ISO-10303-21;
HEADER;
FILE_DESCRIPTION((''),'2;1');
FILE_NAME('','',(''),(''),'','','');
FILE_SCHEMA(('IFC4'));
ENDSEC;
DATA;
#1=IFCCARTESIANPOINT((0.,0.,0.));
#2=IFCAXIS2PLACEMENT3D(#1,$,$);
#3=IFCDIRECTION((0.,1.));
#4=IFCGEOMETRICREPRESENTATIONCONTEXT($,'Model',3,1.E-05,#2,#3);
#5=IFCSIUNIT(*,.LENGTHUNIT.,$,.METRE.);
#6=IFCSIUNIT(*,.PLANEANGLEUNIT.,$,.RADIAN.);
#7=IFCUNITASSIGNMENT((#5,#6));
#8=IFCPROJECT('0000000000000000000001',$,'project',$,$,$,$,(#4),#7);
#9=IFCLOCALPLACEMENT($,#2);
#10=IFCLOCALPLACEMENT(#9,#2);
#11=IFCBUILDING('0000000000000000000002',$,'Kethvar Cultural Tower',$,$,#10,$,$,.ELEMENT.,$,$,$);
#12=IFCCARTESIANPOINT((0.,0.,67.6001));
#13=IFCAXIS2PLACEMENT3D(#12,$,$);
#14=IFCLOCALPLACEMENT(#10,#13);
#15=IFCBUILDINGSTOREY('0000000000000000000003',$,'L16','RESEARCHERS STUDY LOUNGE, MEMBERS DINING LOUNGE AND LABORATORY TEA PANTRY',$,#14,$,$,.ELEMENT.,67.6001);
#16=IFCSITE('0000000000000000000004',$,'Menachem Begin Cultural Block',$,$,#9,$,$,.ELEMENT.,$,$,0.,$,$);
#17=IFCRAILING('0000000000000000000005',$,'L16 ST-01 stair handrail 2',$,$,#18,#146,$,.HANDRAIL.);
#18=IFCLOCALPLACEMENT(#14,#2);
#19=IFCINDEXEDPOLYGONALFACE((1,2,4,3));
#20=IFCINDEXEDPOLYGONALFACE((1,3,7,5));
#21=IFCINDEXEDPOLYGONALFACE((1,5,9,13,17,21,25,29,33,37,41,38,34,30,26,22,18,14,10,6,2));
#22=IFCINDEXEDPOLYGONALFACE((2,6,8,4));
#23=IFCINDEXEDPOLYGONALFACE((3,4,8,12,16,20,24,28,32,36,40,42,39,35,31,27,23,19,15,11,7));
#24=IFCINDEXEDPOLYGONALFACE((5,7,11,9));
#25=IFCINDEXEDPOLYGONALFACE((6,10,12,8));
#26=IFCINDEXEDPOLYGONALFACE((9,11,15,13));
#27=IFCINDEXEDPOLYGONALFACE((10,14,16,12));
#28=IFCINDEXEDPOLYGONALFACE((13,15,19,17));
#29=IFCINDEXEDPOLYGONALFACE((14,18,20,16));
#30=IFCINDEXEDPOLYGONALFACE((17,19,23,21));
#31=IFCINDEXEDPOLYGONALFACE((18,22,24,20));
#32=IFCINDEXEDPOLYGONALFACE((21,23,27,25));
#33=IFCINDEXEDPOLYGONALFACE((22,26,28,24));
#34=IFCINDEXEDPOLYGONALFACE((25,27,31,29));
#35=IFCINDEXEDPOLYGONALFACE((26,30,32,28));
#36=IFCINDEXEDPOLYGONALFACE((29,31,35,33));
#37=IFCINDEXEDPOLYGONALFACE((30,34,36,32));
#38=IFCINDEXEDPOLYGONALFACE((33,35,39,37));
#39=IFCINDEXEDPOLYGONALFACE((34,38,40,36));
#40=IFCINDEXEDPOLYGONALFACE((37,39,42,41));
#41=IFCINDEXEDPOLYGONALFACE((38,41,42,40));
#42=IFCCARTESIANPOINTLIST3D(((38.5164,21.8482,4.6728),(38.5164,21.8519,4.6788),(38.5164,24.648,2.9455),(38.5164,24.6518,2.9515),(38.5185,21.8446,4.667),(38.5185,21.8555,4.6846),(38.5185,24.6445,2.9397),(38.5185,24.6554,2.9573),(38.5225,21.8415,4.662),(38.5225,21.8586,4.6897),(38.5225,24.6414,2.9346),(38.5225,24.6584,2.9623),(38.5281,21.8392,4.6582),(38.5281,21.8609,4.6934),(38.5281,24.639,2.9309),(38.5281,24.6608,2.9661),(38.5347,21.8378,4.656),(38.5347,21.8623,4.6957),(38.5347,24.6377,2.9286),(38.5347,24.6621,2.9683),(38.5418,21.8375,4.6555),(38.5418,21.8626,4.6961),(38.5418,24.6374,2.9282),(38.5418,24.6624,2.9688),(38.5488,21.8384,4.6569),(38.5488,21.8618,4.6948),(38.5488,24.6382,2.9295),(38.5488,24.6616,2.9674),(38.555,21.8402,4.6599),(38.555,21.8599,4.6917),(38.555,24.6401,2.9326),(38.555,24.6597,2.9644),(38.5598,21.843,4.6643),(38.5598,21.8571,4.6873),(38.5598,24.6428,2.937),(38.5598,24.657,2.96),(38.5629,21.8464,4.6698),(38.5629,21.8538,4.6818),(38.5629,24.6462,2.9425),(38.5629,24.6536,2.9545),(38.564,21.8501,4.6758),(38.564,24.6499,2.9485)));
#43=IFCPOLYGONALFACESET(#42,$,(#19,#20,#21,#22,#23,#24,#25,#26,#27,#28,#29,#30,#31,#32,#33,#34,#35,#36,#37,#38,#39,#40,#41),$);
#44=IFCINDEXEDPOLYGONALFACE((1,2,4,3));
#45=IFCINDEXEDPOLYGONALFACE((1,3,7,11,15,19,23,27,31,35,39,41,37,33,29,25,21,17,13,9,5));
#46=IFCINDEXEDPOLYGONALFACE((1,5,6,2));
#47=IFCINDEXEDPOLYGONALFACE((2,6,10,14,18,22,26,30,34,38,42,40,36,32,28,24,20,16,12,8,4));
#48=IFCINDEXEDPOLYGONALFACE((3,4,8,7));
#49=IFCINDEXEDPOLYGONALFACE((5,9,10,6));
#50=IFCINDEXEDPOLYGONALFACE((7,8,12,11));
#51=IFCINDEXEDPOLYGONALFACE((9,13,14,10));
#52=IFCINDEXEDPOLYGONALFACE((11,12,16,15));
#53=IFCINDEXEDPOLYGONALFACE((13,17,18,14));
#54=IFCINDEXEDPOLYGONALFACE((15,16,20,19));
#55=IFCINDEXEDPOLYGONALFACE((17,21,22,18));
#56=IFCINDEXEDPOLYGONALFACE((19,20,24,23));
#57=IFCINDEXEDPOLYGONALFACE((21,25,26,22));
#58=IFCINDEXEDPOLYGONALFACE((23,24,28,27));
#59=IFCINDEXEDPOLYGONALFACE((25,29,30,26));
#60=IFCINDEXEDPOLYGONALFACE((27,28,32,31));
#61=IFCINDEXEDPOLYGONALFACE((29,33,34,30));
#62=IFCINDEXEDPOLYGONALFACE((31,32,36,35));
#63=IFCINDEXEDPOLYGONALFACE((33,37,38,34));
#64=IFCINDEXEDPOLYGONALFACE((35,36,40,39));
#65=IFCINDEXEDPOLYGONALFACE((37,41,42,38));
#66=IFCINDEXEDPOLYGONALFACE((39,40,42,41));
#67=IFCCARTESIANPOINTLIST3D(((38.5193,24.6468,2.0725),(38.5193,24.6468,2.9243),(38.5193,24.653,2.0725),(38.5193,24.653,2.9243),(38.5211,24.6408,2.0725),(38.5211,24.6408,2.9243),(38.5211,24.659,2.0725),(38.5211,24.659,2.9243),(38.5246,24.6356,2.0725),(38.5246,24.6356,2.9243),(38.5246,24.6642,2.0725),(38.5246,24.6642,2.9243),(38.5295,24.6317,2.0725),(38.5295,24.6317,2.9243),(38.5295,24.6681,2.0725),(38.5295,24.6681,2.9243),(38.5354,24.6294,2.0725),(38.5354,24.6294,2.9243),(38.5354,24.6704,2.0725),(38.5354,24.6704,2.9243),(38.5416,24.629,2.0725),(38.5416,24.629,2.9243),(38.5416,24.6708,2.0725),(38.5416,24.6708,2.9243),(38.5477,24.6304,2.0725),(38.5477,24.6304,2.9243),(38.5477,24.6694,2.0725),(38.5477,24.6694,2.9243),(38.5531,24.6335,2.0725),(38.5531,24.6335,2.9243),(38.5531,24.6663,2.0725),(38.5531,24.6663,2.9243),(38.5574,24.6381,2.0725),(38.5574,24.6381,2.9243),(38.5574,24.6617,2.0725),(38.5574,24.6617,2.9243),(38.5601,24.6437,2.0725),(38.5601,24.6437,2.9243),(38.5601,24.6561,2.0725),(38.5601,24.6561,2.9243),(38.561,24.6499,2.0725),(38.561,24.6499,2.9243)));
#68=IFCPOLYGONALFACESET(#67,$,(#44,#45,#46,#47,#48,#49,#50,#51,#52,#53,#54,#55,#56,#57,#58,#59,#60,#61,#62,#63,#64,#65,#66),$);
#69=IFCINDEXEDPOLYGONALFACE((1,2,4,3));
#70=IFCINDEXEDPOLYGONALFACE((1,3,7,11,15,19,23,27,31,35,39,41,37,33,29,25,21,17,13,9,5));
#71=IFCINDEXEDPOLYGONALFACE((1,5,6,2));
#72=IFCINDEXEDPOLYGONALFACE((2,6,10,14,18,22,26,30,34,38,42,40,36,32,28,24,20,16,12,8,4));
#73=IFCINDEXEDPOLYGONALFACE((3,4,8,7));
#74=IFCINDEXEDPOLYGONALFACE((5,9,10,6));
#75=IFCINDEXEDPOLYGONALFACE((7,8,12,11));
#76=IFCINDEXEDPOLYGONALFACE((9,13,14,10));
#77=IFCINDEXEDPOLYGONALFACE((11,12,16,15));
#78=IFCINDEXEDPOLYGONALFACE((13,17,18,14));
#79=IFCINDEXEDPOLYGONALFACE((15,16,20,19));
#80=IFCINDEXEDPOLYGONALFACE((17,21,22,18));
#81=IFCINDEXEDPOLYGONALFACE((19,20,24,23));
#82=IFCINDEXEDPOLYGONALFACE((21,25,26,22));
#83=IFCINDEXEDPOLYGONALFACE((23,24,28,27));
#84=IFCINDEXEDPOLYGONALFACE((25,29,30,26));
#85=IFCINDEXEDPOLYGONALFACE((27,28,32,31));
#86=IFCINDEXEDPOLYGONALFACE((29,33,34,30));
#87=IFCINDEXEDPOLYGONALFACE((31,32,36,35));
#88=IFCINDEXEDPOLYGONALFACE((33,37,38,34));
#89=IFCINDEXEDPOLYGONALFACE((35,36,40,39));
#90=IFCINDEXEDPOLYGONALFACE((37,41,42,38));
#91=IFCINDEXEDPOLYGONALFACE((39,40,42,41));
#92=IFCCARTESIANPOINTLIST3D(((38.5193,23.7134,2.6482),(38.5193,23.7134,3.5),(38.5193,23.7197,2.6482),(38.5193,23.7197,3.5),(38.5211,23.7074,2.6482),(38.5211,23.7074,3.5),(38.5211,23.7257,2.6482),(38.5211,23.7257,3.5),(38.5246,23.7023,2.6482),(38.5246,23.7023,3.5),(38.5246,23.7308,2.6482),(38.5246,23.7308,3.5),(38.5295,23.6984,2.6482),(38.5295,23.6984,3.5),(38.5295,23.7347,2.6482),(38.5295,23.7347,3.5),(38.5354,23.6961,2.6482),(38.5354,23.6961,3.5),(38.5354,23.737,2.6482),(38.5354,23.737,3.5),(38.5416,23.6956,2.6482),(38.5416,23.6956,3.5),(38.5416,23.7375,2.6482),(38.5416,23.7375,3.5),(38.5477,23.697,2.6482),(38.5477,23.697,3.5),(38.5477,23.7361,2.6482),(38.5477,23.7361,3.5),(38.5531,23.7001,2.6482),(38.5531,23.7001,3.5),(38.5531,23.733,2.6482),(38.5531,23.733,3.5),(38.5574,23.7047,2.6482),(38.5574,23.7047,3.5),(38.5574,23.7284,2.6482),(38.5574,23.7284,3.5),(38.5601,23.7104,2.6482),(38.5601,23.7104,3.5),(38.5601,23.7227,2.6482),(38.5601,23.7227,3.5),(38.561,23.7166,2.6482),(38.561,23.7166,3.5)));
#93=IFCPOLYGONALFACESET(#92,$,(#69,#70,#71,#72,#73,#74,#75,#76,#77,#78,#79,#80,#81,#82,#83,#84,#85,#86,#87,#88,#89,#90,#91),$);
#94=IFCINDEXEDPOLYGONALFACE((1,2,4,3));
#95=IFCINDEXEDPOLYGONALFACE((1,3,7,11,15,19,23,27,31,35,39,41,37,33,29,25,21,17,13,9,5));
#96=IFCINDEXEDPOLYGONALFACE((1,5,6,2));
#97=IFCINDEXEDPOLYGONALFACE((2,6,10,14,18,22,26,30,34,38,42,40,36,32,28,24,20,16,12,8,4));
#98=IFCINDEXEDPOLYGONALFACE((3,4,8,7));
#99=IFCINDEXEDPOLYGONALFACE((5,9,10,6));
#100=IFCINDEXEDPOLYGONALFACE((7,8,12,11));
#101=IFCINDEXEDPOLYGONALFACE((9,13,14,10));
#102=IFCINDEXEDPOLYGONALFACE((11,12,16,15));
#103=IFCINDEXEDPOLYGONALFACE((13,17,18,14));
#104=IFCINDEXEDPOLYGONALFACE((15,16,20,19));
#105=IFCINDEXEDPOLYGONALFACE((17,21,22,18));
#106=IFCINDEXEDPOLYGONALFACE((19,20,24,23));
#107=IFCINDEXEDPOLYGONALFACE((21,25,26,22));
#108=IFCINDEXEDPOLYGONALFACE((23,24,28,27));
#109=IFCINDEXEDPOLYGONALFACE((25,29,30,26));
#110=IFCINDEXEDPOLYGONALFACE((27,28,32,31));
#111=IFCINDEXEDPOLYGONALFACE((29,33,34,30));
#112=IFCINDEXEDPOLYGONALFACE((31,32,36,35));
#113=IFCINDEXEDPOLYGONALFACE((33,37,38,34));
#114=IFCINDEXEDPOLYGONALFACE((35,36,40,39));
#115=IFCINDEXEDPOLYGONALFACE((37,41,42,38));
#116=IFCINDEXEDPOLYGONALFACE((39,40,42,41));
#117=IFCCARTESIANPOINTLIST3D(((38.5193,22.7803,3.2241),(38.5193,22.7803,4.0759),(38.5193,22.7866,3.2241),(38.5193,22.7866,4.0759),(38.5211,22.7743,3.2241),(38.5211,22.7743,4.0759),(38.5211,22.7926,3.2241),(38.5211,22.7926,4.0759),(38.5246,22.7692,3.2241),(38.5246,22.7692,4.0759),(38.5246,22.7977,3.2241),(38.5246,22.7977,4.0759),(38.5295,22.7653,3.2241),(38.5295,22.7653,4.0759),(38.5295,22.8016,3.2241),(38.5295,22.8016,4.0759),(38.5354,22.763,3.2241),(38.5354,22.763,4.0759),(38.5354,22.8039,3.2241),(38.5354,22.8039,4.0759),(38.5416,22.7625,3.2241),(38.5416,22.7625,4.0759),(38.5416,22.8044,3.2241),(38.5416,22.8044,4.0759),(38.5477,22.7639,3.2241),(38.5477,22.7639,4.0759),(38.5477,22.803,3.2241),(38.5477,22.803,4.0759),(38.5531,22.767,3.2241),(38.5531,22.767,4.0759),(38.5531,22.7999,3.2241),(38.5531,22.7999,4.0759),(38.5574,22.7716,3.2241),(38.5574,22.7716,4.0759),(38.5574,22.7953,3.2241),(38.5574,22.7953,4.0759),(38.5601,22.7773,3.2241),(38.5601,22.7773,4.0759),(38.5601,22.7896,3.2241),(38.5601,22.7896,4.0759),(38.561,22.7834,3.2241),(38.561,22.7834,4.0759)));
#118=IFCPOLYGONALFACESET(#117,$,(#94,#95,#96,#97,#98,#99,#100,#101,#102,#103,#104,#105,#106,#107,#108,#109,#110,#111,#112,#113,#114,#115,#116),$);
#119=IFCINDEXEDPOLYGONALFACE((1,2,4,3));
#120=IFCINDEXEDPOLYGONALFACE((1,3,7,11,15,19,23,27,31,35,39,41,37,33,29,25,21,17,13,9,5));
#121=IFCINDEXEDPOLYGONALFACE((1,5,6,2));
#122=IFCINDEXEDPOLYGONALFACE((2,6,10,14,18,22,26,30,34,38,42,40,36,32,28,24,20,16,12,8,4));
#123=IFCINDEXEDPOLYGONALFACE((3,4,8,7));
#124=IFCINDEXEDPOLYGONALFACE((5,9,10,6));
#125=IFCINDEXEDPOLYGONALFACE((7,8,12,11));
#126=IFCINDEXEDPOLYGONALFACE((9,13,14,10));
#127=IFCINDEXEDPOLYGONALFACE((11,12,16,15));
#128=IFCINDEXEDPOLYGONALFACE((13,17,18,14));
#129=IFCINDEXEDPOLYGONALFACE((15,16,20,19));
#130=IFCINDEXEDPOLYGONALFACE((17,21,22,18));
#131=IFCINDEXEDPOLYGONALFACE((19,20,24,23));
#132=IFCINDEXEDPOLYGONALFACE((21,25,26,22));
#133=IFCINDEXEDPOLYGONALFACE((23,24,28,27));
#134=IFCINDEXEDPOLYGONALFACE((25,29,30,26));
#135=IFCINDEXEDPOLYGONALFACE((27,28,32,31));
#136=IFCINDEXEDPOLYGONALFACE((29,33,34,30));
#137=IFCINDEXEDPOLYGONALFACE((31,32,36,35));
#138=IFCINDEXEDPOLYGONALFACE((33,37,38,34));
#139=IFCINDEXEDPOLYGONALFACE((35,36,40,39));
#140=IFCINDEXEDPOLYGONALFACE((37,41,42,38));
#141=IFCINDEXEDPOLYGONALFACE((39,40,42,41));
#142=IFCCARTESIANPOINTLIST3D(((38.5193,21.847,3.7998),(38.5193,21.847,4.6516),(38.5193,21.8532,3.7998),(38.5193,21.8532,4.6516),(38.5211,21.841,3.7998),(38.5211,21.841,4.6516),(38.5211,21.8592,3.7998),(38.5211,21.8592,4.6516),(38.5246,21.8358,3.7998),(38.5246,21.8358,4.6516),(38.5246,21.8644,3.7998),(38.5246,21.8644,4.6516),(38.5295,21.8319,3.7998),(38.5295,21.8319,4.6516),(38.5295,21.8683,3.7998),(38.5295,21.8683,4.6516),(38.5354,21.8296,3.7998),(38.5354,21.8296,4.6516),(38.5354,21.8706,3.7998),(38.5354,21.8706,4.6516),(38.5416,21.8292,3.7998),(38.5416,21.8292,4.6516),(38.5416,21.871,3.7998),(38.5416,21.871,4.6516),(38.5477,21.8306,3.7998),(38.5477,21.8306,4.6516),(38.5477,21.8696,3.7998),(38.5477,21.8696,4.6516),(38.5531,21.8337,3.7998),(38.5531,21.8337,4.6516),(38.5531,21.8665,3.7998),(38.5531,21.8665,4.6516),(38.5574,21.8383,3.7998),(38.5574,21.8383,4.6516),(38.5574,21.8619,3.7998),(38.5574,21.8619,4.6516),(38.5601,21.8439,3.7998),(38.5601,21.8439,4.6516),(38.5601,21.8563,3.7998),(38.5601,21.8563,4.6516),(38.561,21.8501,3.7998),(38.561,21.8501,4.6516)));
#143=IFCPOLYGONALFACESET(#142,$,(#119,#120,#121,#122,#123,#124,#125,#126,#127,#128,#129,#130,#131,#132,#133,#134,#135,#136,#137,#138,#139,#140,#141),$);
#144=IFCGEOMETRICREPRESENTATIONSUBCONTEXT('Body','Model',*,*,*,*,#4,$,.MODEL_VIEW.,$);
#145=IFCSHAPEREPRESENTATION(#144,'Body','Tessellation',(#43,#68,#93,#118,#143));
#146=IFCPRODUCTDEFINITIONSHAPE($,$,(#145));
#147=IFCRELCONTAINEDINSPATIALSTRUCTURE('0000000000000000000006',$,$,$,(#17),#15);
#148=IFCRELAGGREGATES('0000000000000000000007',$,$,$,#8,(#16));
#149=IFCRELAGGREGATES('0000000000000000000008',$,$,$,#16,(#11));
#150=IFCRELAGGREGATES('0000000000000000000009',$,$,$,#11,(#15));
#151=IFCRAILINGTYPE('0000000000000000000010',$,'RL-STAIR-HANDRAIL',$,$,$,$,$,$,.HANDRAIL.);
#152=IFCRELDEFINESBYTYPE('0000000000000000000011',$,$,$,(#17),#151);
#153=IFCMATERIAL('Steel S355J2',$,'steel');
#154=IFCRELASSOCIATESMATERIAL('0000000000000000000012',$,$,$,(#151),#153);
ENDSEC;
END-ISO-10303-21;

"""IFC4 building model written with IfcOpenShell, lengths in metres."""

from ifc_helpers import new_model, si_unit, direction, frame, origin, origin_2d, place, context, subcontext, project, spatial, circle, extrude, material, type_object, element, save


model = new_model("IFC4")

# Units and contexts
model_context = context("Model", 3, precision=1e-05, world=origin(), true_north=direction((0.0, 1.0)))
body_context = subcontext(model_context, "Body", "Model", "MODEL_VIEW")
ifc_project = project(units=[si_unit("LENGTHUNIT", "METRE"), si_unit("PLANEANGLEUNIT", "RADIAN")], contexts=[model_context])

# Site, building, storey
site_placement = place(None, origin())
site = spatial("IfcSite", under=ifc_project, at=site_placement, Name="Menachem Begin Cultural Block", CompositionType="ELEMENT", RefElevation=0.0)
building_placement = place(site_placement, origin())
building = spatial("IfcBuilding", under=site, at=building_placement, Name="Kethvar Cultural Tower", CompositionType="ELEMENT")
storey_placement = place(building_placement, frame((0.0, 0.0, 67.6001)))
storey = spatial("IfcBuildingStorey", under=building, at=storey_placement, Name="L16", Description="RESEARCHERS STUDY LOUNGE, MEMBERS DINING LOUNGE AND LABORATORY TEA PANTRY", CompositionType="ELEMENT", Elevation=67.6001)

# Shared definitions
ifc_material_1 = material(Name="Steel S355J2", Category="steel")

# Railing
railing_type_1 = type_object("IfcRailingType", Name="RL-STAIR-HANDRAIL", PredefinedType="HANDRAIL", material=ifc_material_1)
railing_1_placement = place(storey_placement, frame((38.54, 24.6499, 2.0725)))
element("IfcRailing", 1, at=railing_1_placement, inside=storey, type_object=railing_type_1, Name="L16 ST-01 stair handrail 2", PredefinedType="HANDRAIL", context=body_context, shape_type="SweptSolid", body=[
    extrude(circle(Radius=0.0239, at=origin_2d()), frame((0.0, 0.0, 0.876), z_axis=(0.0, -0.851069, 0.525054), x_axis=(1.0, 0.0, 0.0)), (0.0, 0.0, 1.0), 3.2898),
    extrude(circle(Radius=0.021, at=origin_2d()), origin(), (0.0, 0.0, 1.0), 0.8518),
    extrude(circle(Radius=0.021, at=origin_2d()), frame((0.0, -0.9333, 0.5757)), (0.0, 0.0, 1.0), 0.8518),
    extrude(circle(Radius=0.021, at=origin_2d()), frame((0.0, -1.8665, 1.1516)), (0.0, 0.0, 1.0), 0.8518),
    extrude(circle(Radius=0.021, at=origin_2d()), frame((0.0, -2.7998, 1.7273)), (0.0, 0.0, 1.0), 0.8518),
])

save(model, "model.ifc")
